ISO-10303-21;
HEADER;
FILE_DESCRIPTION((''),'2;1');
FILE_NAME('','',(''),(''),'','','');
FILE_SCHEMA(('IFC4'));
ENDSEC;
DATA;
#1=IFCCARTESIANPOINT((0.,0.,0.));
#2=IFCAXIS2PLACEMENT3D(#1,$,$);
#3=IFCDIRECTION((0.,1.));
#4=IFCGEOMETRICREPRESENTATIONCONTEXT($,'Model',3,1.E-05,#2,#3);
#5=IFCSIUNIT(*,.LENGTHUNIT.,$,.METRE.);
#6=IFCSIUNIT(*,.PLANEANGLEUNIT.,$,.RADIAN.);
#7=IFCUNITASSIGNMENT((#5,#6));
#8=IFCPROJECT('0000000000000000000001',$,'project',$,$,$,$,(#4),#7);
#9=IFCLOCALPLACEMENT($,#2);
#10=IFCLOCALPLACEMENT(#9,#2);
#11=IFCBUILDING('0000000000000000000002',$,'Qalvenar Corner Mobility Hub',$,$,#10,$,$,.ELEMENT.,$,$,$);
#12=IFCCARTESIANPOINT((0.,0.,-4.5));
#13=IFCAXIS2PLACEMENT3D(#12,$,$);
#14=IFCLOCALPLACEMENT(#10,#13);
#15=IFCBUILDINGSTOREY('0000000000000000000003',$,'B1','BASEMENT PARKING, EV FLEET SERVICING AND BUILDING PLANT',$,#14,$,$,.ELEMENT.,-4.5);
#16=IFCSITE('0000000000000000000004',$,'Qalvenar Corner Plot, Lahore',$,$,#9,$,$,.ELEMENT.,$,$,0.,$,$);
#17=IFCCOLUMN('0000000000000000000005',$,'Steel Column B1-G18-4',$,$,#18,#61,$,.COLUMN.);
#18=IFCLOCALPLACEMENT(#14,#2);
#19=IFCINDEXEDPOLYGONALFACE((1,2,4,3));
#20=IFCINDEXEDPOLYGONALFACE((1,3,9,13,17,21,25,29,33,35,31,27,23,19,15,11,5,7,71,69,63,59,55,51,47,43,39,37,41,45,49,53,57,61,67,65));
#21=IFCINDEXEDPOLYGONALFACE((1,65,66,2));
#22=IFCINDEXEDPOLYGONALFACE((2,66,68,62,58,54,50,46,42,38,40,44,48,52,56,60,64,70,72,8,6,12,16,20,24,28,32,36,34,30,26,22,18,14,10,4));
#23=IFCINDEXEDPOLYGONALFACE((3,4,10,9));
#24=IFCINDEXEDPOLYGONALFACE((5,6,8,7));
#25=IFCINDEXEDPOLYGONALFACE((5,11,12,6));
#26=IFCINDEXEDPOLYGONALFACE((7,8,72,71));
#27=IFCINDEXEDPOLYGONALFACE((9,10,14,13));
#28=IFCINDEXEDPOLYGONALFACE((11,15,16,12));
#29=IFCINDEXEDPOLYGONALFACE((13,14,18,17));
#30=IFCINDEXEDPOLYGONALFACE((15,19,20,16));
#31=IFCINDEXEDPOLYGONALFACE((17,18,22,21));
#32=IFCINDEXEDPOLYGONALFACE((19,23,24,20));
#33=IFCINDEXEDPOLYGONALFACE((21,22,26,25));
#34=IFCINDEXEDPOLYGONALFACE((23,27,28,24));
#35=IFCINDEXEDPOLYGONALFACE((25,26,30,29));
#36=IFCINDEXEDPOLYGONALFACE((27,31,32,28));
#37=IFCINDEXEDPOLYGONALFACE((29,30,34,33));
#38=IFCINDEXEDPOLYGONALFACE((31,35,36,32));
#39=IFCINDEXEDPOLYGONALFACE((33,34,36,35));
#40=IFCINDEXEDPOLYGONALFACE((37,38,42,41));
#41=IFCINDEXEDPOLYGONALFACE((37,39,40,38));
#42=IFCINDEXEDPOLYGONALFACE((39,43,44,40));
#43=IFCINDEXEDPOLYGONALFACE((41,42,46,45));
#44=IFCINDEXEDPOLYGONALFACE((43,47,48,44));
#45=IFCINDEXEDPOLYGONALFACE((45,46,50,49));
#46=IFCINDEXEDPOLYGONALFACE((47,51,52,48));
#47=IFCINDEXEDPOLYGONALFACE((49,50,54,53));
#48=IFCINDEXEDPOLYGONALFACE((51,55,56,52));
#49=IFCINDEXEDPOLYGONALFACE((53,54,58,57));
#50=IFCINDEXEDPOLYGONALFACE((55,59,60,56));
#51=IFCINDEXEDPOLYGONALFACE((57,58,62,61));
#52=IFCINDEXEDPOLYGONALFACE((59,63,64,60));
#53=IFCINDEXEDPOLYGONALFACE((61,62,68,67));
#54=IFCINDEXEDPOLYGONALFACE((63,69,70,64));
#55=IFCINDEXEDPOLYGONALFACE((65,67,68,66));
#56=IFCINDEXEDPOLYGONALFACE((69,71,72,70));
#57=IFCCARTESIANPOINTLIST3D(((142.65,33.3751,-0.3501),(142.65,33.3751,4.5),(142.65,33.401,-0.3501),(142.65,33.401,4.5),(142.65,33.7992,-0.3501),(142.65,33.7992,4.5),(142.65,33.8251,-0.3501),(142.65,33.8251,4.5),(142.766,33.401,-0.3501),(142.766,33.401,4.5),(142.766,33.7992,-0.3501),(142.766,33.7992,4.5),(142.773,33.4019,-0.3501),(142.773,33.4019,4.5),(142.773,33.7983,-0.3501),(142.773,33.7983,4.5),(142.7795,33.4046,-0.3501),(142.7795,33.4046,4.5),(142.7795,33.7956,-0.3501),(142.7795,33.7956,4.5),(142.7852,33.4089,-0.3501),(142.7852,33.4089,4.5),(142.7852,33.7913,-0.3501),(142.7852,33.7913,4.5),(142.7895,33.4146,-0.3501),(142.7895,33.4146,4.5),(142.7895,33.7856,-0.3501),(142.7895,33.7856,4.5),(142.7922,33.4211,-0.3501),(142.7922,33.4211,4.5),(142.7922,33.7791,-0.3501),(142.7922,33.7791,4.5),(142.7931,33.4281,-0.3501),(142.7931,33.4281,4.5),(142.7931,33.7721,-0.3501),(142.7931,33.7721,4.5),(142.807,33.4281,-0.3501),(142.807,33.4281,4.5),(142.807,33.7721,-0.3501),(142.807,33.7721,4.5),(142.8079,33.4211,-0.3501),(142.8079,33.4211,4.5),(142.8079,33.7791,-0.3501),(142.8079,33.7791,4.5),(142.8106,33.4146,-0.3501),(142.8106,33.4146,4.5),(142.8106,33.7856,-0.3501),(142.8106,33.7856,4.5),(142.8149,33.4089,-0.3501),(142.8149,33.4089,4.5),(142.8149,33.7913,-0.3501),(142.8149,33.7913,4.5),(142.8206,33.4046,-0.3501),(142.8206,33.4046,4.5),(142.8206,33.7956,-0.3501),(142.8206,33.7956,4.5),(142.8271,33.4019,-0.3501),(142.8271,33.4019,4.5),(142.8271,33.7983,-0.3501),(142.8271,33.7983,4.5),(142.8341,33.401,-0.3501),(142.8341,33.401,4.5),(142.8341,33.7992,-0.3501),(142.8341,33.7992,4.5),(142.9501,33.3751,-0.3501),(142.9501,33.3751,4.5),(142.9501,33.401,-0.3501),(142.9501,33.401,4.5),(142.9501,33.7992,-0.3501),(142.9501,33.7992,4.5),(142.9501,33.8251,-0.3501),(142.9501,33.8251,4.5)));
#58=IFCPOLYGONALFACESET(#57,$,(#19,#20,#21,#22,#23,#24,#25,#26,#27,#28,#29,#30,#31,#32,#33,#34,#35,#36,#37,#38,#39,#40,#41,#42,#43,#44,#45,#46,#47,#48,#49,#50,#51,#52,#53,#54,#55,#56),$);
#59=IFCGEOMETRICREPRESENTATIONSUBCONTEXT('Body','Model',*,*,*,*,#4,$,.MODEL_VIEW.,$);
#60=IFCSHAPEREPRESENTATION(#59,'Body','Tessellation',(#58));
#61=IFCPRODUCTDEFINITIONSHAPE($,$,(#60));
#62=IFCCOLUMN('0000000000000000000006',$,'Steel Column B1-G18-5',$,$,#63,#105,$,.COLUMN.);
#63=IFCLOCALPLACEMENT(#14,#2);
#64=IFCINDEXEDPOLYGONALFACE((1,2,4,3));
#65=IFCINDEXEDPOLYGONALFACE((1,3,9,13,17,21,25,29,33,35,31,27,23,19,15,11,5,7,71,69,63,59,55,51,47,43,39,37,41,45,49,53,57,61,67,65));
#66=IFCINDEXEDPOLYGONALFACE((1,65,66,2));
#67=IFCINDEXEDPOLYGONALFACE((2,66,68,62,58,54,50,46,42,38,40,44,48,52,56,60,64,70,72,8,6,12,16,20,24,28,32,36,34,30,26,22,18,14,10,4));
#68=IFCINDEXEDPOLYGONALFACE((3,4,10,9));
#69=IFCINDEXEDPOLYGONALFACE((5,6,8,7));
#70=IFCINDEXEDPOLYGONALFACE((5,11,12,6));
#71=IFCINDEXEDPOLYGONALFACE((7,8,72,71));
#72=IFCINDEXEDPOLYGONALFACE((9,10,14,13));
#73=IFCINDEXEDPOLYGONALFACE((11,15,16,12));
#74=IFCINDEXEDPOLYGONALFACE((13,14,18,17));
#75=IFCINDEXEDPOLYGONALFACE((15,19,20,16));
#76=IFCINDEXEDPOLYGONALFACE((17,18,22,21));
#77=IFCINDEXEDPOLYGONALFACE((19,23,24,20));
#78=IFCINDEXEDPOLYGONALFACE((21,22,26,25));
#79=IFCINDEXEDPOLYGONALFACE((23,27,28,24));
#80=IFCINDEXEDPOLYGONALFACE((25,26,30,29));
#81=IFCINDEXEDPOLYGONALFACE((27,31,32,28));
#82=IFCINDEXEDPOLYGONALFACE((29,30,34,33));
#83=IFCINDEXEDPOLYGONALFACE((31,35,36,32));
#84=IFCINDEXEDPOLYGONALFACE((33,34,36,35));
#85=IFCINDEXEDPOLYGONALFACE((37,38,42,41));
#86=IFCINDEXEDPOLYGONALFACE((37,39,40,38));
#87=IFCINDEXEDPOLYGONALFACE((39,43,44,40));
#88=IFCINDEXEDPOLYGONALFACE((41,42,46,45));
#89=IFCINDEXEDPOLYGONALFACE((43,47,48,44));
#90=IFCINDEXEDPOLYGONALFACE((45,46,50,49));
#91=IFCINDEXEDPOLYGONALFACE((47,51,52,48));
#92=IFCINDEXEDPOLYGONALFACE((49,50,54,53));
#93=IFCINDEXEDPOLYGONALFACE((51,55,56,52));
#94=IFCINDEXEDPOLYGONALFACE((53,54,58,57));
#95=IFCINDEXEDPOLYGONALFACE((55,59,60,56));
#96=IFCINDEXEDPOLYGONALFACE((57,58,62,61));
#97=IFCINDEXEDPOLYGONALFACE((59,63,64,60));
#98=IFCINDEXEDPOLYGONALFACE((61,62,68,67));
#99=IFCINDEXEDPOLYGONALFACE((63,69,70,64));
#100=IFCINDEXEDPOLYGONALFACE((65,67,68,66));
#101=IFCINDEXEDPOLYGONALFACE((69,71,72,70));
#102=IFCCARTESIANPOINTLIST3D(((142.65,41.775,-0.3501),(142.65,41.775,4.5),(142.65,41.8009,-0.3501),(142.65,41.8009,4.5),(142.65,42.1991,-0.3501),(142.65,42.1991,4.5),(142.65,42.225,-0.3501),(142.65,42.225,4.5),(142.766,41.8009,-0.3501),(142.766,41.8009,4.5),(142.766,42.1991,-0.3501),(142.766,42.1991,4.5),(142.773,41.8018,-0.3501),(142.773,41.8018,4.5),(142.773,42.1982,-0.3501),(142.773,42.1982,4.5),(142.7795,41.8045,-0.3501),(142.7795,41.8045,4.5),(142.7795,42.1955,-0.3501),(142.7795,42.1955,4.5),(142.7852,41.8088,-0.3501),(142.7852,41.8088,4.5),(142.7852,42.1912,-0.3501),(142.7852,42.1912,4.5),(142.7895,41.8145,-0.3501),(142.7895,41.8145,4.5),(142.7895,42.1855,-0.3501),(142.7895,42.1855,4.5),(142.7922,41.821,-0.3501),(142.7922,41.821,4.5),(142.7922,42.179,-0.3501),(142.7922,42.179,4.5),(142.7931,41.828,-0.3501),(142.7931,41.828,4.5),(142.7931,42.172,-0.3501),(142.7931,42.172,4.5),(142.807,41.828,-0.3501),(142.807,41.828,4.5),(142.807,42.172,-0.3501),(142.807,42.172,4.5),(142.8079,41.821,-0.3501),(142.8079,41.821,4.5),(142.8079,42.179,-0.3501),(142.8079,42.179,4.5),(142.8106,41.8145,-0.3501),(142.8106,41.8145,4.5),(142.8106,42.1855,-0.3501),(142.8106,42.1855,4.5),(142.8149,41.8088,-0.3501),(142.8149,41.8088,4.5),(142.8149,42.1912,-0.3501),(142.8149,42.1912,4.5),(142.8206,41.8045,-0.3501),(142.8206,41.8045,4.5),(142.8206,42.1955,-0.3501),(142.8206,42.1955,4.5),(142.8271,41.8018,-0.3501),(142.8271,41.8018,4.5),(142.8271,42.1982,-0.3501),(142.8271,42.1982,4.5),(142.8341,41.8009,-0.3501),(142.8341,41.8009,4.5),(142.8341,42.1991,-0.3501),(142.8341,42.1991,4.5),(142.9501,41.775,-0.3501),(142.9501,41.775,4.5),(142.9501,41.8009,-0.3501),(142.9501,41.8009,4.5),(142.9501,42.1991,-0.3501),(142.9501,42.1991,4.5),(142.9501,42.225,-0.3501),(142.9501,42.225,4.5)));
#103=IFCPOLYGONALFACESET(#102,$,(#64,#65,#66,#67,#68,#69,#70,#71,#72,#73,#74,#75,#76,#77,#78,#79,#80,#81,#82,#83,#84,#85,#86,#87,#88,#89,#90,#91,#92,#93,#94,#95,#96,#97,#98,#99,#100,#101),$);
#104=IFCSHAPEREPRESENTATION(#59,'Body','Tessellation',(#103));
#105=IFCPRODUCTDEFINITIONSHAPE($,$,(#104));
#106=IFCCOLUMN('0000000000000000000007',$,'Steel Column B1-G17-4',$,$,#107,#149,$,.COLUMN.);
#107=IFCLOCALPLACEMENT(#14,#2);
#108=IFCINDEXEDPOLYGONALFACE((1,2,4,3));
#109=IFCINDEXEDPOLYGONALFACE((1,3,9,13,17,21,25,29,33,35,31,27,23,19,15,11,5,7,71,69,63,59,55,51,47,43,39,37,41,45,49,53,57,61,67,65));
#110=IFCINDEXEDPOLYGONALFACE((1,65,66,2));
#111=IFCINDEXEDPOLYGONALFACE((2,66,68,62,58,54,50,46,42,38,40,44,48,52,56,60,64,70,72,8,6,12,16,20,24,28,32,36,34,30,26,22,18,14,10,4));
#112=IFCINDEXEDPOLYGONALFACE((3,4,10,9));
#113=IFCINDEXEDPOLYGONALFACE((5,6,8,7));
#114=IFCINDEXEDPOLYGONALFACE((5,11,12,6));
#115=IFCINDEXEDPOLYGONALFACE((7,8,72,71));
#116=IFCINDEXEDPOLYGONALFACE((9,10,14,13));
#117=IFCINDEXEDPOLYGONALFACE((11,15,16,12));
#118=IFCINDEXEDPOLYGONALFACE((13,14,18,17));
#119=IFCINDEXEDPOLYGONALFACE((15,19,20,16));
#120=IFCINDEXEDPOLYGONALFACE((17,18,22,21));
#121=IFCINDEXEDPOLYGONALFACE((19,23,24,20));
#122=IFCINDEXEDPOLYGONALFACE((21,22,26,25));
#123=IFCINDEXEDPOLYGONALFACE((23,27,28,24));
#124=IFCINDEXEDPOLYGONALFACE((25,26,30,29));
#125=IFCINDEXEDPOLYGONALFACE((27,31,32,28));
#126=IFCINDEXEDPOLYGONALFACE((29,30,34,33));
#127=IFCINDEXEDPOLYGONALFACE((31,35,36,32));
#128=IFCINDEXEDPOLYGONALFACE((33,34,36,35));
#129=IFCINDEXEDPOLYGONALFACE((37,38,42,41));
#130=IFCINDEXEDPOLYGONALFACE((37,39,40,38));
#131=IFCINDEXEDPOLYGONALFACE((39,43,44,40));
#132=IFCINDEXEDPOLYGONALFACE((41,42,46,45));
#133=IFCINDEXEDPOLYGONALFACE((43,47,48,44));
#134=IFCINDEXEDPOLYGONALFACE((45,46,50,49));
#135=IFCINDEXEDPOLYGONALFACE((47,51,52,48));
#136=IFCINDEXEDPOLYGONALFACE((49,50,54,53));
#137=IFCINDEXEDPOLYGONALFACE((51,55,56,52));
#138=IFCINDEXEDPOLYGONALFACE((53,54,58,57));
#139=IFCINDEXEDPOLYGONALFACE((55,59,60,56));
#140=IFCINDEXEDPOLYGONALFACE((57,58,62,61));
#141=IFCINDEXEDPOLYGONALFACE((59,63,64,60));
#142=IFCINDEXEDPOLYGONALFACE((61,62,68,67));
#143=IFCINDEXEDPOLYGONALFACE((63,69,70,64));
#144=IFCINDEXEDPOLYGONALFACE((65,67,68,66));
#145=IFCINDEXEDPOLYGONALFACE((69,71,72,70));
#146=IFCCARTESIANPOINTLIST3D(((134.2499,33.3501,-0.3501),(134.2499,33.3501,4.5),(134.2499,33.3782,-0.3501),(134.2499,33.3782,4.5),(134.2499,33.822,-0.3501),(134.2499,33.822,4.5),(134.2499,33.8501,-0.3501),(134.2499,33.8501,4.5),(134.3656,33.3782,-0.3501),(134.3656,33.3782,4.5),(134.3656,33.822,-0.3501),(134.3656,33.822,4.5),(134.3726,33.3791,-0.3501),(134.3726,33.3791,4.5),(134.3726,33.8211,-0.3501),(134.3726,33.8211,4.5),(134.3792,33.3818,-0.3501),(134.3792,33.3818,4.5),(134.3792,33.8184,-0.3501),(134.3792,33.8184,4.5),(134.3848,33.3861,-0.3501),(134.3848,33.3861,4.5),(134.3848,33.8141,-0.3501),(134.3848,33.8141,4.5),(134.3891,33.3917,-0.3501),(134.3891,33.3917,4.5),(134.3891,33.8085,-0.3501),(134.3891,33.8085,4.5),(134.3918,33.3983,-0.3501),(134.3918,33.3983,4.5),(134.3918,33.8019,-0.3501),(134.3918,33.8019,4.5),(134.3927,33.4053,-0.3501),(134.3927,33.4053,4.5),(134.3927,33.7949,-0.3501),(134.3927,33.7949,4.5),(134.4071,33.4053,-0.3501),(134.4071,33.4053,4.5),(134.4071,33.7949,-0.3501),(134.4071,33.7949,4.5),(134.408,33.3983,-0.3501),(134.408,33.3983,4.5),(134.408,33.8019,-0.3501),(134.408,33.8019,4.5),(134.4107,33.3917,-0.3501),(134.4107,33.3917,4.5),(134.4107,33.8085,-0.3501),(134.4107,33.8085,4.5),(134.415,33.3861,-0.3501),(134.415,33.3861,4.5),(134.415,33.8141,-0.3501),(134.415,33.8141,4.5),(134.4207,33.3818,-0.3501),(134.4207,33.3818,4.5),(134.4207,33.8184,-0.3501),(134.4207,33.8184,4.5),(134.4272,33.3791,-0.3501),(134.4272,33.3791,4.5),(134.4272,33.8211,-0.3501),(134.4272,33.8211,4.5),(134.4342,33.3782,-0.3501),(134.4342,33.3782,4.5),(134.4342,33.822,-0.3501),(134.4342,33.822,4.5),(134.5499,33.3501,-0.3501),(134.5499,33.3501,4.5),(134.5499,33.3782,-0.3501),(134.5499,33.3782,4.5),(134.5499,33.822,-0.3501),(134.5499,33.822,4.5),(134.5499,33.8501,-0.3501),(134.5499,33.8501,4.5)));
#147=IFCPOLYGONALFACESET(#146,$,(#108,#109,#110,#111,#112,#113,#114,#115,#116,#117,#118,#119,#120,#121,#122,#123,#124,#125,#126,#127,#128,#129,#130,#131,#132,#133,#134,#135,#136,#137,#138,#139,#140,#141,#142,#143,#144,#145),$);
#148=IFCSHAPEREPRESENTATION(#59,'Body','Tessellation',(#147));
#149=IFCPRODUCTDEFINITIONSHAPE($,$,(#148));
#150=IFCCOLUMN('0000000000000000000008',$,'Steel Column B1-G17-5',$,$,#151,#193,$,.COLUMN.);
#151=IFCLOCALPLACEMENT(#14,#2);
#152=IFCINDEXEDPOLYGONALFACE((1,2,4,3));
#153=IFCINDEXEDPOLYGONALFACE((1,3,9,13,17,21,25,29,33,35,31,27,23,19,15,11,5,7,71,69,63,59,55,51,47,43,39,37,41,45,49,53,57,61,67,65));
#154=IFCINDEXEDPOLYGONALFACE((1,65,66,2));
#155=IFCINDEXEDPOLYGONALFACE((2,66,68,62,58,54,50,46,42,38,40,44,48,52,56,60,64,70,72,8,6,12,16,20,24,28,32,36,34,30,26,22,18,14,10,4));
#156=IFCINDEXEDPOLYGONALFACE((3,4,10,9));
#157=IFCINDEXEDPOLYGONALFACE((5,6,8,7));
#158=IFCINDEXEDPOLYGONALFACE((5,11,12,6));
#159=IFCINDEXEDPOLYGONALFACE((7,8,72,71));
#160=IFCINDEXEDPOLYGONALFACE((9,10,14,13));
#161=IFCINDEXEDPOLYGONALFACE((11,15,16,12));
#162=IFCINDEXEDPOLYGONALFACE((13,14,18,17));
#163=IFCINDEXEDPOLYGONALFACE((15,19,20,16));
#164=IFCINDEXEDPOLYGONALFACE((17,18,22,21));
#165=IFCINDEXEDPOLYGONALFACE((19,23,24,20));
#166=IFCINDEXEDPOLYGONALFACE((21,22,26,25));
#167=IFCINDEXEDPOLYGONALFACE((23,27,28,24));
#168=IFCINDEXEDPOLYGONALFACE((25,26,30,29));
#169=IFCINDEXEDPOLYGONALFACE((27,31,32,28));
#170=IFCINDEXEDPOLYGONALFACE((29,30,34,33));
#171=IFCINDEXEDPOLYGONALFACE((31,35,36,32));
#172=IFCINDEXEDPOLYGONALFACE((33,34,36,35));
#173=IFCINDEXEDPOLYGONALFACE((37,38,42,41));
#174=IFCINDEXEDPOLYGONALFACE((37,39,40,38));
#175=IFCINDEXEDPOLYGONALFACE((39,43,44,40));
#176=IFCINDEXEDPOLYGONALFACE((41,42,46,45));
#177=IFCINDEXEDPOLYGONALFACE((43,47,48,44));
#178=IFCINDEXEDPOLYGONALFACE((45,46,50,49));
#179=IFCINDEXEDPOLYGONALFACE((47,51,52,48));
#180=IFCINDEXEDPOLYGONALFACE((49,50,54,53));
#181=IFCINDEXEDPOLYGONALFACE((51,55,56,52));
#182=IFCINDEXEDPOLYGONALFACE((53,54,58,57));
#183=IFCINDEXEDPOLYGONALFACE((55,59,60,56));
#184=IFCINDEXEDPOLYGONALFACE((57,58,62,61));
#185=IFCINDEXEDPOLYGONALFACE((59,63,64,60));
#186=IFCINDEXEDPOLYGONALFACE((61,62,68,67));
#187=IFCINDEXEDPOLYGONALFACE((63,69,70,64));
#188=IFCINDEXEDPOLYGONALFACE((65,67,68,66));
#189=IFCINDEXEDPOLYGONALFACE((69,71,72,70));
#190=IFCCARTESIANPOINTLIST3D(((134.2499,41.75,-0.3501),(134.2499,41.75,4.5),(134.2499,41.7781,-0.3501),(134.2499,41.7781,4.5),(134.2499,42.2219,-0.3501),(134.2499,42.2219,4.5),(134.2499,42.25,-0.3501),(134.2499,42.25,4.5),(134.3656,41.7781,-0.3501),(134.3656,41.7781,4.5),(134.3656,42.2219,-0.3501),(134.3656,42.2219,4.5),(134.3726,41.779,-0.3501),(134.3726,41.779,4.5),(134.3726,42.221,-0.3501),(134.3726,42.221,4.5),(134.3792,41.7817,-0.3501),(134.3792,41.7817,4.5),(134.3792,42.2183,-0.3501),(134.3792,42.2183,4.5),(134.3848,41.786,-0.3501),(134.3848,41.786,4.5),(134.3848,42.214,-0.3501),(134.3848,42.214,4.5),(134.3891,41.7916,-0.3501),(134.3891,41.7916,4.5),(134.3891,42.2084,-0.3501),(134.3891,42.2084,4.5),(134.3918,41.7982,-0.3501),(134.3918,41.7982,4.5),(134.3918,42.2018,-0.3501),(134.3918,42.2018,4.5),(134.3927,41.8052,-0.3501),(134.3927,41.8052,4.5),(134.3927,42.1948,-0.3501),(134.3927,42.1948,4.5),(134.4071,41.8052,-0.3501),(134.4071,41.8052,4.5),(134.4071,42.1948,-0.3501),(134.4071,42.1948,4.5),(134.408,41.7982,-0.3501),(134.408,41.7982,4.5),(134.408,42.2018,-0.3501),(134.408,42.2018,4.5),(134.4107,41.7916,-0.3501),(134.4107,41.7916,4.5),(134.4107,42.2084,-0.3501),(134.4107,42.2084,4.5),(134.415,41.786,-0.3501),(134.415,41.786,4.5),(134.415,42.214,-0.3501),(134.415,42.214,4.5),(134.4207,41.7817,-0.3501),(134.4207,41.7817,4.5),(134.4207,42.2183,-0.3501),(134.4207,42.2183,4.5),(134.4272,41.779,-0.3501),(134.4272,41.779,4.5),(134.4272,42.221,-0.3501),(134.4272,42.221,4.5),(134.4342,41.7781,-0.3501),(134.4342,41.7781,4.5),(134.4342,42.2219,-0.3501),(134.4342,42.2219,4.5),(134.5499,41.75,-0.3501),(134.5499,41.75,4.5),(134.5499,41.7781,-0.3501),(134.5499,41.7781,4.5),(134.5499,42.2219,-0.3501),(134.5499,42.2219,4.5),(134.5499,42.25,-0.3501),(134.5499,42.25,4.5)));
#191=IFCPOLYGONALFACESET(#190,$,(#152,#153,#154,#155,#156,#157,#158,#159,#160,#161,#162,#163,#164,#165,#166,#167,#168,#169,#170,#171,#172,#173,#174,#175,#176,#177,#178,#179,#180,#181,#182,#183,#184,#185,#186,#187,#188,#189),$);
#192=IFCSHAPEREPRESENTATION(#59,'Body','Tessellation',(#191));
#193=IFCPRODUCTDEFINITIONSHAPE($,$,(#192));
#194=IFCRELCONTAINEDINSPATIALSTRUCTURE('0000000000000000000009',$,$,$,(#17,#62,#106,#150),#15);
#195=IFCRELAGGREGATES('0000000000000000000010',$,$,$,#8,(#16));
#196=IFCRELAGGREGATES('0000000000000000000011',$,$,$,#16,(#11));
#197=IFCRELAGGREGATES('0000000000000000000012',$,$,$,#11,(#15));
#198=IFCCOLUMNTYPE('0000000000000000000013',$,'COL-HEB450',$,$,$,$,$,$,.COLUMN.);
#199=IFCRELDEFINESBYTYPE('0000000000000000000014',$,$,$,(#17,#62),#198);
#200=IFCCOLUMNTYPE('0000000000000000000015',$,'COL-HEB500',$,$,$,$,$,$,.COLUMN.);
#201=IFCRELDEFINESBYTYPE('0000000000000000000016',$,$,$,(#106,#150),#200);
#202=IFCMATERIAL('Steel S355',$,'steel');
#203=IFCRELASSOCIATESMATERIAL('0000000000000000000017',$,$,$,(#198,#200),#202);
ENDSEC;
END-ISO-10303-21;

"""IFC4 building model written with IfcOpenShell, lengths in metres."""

from ifc_helpers import new_model, si_unit, direction, frame, origin, origin_2d, place, context, subcontext, project, spatial, i_section, extrude, material, material_profile, profile_set, type_object, element, save


model = new_model("IFC4")

# Units and contexts
model_context = context("Model", 3, precision=1e-05, world=origin(), true_north=direction((0.0, 1.0)))
body_context = subcontext(model_context, "Body", "Model", "MODEL_VIEW")
ifc_project = project(units=[si_unit("LENGTHUNIT", "METRE"), si_unit("PLANEANGLEUNIT", "RADIAN")], contexts=[model_context])

# Site, building, storey
site_placement = place(None, origin())
site = spatial("IfcSite", under=ifc_project, at=site_placement, Name="Qalvenar Corner Plot, Lahore", CompositionType="ELEMENT", RefElevation=0.0)
building_placement = place(site_placement, origin())
building = spatial("IfcBuilding", under=site, at=building_placement, Name="Qalvenar Corner Mobility Hub", CompositionType="ELEMENT")
storey_placement = place(building_placement, frame((0.0, 0.0, -4.5)))
storey = spatial("IfcBuildingStorey", under=building, at=storey_placement, Name="B1", Description="BASEMENT PARKING, EV FLEET SERVICING AND BUILDING PLANT", CompositionType="ELEMENT", Elevation=-4.5)

# Columns
ifc_material_1 = material(Name="Steel S355", Category="steel")
ifc_material_profile_1 = material_profile(ifc_material_1, i_section(OverallWidth=0.3, OverallDepth=0.45, WebThickness=0.0139, FlangeThickness=0.0259, FilletRadius=0.0271, at=origin_2d()), Name="HEB450")
ifc_profile_set_1 = profile_set([ifc_material_profile_1], Name="Steel S355")
column_type_1 = type_object("IfcColumnType", Name="COL-HEB450", PredefinedType="COLUMN", material=ifc_profile_set_1)
for number, where, z_axis, x_axis, name in (
    (1, (142.8, 33.6001, -0.3501), (0.0, 0.0, 1.0), (1.0, 0.0, 0.0), "Steel Column B1-G18-4"),
    (2, (142.8, 42.0, -0.3501), (0.0, 0.0, 1.0), (1.0, 0.0, 0.0), "Steel Column B1-G18-5"),
):
    element("IfcColumn", number, at=place(storey_placement, frame(where, z_axis=z_axis, x_axis=x_axis)), inside=storey, type_object=column_type_1, Name=name, PredefinedType="COLUMN", context=body_context, shape_type="SweptSolid", body=[
        extrude(i_section(OverallWidth=0.3, OverallDepth=0.45, WebThickness=0.0139, FlangeThickness=0.0259, FilletRadius=0.0271, at=origin_2d()), origin(), (0.0, 0.0, 1.0), 4.8501),
    ])
ifc_material_profile_2 = material_profile(ifc_material_1, i_section(OverallWidth=0.3, OverallDepth=0.5, WebThickness=0.0144, FlangeThickness=0.0281, FilletRadius=0.0271, at=origin_2d()), Name="HEB500")
ifc_profile_set_2 = profile_set([ifc_material_profile_2], Name="Steel S355")
column_type_2 = type_object("IfcColumnType", Name="COL-HEB500", PredefinedType="COLUMN", material=ifc_profile_set_2)
for number, where, z_axis, x_axis, name in (
    (3, (134.3999, 33.6001, -0.3501), (0.0, 0.0, 1.0), (1.0, 0.0, 0.0), "Steel Column B1-G17-4"),
    (4, (134.3999, 42.0, -0.3501), (0.0, 0.0, 1.0), (1.0, 0.0, 0.0), "Steel Column B1-G17-5"),
):
    element("IfcColumn", number, at=place(storey_placement, frame(where, z_axis=z_axis, x_axis=x_axis)), inside=storey, type_object=column_type_2, Name=name, PredefinedType="COLUMN", context=body_context, shape_type="SweptSolid", body=[
        extrude(i_section(OverallWidth=0.3, OverallDepth=0.5, WebThickness=0.0144, FlangeThickness=0.0281, FilletRadius=0.0271, at=origin_2d()), origin(), (0.0, 0.0, 1.0), 4.8501),
    ])

save(model, "model.ifc")
